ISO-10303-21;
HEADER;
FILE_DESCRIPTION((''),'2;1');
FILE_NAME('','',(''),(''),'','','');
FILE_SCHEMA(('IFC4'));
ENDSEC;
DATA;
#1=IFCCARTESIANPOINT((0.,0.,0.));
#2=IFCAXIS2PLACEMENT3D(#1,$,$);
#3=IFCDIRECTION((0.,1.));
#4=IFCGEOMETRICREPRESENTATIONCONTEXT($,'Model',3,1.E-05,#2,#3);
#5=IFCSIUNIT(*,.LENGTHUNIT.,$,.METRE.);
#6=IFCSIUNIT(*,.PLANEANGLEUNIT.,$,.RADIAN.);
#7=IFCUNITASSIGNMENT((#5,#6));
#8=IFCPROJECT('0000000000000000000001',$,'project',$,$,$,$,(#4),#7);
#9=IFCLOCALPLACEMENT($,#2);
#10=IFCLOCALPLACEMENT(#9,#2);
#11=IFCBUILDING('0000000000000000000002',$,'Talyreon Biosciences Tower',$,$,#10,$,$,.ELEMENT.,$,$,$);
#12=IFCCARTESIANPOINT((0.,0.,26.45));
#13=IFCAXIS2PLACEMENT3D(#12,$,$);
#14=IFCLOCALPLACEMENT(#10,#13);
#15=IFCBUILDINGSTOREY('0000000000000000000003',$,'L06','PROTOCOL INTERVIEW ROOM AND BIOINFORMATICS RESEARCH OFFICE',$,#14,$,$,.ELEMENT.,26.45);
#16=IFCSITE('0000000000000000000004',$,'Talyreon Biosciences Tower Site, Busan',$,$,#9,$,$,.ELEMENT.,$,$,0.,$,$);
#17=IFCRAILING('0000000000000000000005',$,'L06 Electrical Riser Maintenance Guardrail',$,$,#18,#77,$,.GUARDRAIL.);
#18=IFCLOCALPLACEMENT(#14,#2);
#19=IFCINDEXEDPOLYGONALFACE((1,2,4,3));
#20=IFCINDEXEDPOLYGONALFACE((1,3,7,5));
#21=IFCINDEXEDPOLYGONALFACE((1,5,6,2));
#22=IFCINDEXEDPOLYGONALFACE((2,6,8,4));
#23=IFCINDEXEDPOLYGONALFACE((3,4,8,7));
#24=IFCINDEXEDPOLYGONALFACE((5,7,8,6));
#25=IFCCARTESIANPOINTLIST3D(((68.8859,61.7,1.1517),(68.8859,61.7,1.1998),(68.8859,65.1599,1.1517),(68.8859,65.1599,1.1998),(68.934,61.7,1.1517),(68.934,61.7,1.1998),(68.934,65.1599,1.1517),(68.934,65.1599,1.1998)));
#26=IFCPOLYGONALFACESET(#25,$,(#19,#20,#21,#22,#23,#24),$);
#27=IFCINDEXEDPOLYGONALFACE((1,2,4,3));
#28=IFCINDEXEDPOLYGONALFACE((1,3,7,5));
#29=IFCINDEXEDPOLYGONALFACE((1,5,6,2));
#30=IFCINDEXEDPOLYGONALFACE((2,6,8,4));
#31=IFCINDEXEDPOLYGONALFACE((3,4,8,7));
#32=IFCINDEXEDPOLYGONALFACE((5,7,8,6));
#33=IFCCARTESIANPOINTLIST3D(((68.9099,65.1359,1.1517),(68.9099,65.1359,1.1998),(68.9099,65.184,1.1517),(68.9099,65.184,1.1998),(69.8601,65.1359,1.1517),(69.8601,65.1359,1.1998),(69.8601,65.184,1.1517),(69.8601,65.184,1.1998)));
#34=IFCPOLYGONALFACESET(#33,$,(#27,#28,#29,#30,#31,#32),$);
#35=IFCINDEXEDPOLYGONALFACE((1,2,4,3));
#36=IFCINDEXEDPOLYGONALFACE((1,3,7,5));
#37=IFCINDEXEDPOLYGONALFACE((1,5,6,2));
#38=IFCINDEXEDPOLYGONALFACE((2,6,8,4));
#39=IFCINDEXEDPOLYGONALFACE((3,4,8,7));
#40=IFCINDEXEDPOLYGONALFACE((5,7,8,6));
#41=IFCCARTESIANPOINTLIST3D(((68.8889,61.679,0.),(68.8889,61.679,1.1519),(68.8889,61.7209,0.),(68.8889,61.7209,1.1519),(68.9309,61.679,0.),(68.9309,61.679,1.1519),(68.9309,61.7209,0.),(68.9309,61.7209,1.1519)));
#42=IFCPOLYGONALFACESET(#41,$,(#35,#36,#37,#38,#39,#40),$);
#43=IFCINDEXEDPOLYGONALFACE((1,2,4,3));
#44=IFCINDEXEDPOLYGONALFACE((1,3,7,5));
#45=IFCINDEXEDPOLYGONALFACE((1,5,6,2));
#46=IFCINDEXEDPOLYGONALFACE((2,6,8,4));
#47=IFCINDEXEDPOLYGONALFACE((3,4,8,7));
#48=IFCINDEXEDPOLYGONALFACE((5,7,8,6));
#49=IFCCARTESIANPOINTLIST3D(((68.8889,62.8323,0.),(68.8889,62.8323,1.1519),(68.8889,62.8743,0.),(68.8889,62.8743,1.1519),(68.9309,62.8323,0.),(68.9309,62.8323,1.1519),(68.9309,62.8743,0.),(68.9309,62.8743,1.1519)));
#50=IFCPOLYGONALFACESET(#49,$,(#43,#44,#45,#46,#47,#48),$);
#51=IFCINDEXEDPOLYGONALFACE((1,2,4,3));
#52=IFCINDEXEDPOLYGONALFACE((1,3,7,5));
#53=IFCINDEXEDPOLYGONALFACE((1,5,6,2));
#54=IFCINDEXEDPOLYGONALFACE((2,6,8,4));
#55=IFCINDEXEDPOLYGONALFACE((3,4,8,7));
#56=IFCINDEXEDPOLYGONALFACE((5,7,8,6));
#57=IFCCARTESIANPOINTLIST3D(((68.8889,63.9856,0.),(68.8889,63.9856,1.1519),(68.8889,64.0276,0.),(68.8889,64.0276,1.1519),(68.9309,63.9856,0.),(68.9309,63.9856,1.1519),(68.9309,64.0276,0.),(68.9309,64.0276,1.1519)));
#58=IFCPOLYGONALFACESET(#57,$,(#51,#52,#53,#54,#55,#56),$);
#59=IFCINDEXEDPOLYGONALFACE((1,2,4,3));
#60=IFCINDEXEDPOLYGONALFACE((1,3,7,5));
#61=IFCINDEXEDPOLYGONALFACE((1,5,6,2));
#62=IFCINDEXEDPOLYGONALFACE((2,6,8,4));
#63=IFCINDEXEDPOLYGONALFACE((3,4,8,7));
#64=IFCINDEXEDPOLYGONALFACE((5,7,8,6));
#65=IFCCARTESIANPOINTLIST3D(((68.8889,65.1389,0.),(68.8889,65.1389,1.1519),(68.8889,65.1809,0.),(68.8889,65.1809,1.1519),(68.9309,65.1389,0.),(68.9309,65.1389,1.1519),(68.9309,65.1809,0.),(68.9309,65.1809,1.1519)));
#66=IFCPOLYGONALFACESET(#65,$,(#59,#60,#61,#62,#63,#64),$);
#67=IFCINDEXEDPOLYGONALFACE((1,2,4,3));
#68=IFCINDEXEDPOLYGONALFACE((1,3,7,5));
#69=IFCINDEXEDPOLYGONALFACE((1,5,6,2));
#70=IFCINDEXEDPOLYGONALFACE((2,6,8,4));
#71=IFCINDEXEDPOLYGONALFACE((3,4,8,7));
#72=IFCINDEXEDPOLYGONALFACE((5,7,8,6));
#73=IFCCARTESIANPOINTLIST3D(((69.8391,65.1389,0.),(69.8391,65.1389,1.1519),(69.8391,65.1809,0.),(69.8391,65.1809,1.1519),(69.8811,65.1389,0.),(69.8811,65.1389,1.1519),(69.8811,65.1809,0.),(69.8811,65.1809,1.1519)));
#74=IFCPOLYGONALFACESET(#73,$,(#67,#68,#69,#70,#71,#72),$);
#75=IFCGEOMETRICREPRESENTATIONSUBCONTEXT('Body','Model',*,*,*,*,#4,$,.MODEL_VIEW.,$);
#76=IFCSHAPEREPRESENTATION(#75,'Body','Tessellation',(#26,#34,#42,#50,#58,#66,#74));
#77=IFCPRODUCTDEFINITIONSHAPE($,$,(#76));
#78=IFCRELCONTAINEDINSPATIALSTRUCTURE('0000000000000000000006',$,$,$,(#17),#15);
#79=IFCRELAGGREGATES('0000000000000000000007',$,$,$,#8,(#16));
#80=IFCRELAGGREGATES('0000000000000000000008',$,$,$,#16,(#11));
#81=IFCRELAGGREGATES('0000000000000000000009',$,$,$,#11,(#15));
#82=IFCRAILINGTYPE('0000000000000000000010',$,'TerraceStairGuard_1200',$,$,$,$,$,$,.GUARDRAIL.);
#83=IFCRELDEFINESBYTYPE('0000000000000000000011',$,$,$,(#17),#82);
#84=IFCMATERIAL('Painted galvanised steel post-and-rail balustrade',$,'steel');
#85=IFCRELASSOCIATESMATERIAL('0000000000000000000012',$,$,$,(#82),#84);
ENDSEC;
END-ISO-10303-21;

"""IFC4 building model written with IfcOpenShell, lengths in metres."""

from ifc_helpers import new_model, si_unit, direction, frame, origin, origin_2d, place, context, subcontext, project, spatial, rectangle, extrude, material, type_object, element, save


model = new_model("IFC4")

# Units and contexts
model_context = context("Model", 3, precision=1e-05, world=origin(), true_north=direction((0.0, 1.0)))
body_context = subcontext(model_context, "Body", "Model", "MODEL_VIEW")
ifc_project = project(units=[si_unit("LENGTHUNIT", "METRE"), si_unit("PLANEANGLEUNIT", "RADIAN")], contexts=[model_context])

# Site, building, storey
site_placement = place(None, origin())
site = spatial("IfcSite", under=ifc_project, at=site_placement, Name="Talyreon Biosciences Tower Site, Busan", CompositionType="ELEMENT", RefElevation=0.0)
building_placement = place(site_placement, origin())
building = spatial("IfcBuilding", under=site, at=building_placement, Name="Talyreon Biosciences Tower", CompositionType="ELEMENT")
storey_placement = place(building_placement, frame((0.0, 0.0, 26.45)))
storey = spatial("IfcBuildingStorey", under=building, at=storey_placement, Name="L06", Description="PROTOCOL INTERVIEW ROOM AND BIOINFORMATICS RESEARCH OFFICE", CompositionType="ELEMENT", Elevation=26.45)

# Railing
ifc_material_1 = material(Name="Painted galvanised steel post-and-rail balustrade", Category="steel")
railing_type_1 = type_object("IfcRailingType", Name="TerraceStairGuard_1200", PredefinedType="GUARDRAIL", material=ifc_material_1)
railing_1_placement = place(storey_placement, frame((68.9099, 61.7, 0.0)))
element("IfcRailing", 1, at=railing_1_placement, inside=storey, type_object=railing_type_1, Name="L06 Electrical Riser Maintenance Guardrail", PredefinedType="GUARDRAIL", context=body_context, shape_type="SweptSolid", body=[
    extrude(rectangle(XDim=0.0481, YDim=0.0481, at=origin_2d()), frame((0.0, 0.0, 1.1758), z_axis=(0.0, 1.0, 0.0), x_axis=(-1.0, 0.0, 0.0)), (0.0, 0.0, 1.0), 3.46),
    extrude(rectangle(XDim=0.0481, YDim=0.0481, at=origin_2d()), frame((0.0, 3.46, 1.1758), z_axis=(1.0, 0.0, 0.0), x_axis=(0.0, 1.0, 0.0)), (0.0, 0.0, 1.0), 0.9502),
    extrude(rectangle(XDim=0.042, YDim=0.042, at=origin_2d()), origin(), (0.0, 0.0, 1.0), 1.1519),
    extrude(rectangle(XDim=0.042, YDim=0.042, at=origin_2d()), frame((0.0, 1.1533, 0.0)), (0.0, 0.0, 1.0), 1.1519),
    extrude(rectangle(XDim=0.042, YDim=0.042, at=origin_2d()), frame((0.0, 2.3066, 0.0)), (0.0, 0.0, 1.0), 1.1519),
    extrude(rectangle(XDim=0.042, YDim=0.042, at=origin_2d()), frame((0.0, 3.46, 0.0)), (0.0, 0.0, 1.0), 1.1519),
    extrude(rectangle(XDim=0.042, YDim=0.042, at=origin_2d()), frame((0.9502, 3.46, 0.0)), (0.0, 0.0, 1.0), 1.1519),
])

save(model, "model.ifc")
